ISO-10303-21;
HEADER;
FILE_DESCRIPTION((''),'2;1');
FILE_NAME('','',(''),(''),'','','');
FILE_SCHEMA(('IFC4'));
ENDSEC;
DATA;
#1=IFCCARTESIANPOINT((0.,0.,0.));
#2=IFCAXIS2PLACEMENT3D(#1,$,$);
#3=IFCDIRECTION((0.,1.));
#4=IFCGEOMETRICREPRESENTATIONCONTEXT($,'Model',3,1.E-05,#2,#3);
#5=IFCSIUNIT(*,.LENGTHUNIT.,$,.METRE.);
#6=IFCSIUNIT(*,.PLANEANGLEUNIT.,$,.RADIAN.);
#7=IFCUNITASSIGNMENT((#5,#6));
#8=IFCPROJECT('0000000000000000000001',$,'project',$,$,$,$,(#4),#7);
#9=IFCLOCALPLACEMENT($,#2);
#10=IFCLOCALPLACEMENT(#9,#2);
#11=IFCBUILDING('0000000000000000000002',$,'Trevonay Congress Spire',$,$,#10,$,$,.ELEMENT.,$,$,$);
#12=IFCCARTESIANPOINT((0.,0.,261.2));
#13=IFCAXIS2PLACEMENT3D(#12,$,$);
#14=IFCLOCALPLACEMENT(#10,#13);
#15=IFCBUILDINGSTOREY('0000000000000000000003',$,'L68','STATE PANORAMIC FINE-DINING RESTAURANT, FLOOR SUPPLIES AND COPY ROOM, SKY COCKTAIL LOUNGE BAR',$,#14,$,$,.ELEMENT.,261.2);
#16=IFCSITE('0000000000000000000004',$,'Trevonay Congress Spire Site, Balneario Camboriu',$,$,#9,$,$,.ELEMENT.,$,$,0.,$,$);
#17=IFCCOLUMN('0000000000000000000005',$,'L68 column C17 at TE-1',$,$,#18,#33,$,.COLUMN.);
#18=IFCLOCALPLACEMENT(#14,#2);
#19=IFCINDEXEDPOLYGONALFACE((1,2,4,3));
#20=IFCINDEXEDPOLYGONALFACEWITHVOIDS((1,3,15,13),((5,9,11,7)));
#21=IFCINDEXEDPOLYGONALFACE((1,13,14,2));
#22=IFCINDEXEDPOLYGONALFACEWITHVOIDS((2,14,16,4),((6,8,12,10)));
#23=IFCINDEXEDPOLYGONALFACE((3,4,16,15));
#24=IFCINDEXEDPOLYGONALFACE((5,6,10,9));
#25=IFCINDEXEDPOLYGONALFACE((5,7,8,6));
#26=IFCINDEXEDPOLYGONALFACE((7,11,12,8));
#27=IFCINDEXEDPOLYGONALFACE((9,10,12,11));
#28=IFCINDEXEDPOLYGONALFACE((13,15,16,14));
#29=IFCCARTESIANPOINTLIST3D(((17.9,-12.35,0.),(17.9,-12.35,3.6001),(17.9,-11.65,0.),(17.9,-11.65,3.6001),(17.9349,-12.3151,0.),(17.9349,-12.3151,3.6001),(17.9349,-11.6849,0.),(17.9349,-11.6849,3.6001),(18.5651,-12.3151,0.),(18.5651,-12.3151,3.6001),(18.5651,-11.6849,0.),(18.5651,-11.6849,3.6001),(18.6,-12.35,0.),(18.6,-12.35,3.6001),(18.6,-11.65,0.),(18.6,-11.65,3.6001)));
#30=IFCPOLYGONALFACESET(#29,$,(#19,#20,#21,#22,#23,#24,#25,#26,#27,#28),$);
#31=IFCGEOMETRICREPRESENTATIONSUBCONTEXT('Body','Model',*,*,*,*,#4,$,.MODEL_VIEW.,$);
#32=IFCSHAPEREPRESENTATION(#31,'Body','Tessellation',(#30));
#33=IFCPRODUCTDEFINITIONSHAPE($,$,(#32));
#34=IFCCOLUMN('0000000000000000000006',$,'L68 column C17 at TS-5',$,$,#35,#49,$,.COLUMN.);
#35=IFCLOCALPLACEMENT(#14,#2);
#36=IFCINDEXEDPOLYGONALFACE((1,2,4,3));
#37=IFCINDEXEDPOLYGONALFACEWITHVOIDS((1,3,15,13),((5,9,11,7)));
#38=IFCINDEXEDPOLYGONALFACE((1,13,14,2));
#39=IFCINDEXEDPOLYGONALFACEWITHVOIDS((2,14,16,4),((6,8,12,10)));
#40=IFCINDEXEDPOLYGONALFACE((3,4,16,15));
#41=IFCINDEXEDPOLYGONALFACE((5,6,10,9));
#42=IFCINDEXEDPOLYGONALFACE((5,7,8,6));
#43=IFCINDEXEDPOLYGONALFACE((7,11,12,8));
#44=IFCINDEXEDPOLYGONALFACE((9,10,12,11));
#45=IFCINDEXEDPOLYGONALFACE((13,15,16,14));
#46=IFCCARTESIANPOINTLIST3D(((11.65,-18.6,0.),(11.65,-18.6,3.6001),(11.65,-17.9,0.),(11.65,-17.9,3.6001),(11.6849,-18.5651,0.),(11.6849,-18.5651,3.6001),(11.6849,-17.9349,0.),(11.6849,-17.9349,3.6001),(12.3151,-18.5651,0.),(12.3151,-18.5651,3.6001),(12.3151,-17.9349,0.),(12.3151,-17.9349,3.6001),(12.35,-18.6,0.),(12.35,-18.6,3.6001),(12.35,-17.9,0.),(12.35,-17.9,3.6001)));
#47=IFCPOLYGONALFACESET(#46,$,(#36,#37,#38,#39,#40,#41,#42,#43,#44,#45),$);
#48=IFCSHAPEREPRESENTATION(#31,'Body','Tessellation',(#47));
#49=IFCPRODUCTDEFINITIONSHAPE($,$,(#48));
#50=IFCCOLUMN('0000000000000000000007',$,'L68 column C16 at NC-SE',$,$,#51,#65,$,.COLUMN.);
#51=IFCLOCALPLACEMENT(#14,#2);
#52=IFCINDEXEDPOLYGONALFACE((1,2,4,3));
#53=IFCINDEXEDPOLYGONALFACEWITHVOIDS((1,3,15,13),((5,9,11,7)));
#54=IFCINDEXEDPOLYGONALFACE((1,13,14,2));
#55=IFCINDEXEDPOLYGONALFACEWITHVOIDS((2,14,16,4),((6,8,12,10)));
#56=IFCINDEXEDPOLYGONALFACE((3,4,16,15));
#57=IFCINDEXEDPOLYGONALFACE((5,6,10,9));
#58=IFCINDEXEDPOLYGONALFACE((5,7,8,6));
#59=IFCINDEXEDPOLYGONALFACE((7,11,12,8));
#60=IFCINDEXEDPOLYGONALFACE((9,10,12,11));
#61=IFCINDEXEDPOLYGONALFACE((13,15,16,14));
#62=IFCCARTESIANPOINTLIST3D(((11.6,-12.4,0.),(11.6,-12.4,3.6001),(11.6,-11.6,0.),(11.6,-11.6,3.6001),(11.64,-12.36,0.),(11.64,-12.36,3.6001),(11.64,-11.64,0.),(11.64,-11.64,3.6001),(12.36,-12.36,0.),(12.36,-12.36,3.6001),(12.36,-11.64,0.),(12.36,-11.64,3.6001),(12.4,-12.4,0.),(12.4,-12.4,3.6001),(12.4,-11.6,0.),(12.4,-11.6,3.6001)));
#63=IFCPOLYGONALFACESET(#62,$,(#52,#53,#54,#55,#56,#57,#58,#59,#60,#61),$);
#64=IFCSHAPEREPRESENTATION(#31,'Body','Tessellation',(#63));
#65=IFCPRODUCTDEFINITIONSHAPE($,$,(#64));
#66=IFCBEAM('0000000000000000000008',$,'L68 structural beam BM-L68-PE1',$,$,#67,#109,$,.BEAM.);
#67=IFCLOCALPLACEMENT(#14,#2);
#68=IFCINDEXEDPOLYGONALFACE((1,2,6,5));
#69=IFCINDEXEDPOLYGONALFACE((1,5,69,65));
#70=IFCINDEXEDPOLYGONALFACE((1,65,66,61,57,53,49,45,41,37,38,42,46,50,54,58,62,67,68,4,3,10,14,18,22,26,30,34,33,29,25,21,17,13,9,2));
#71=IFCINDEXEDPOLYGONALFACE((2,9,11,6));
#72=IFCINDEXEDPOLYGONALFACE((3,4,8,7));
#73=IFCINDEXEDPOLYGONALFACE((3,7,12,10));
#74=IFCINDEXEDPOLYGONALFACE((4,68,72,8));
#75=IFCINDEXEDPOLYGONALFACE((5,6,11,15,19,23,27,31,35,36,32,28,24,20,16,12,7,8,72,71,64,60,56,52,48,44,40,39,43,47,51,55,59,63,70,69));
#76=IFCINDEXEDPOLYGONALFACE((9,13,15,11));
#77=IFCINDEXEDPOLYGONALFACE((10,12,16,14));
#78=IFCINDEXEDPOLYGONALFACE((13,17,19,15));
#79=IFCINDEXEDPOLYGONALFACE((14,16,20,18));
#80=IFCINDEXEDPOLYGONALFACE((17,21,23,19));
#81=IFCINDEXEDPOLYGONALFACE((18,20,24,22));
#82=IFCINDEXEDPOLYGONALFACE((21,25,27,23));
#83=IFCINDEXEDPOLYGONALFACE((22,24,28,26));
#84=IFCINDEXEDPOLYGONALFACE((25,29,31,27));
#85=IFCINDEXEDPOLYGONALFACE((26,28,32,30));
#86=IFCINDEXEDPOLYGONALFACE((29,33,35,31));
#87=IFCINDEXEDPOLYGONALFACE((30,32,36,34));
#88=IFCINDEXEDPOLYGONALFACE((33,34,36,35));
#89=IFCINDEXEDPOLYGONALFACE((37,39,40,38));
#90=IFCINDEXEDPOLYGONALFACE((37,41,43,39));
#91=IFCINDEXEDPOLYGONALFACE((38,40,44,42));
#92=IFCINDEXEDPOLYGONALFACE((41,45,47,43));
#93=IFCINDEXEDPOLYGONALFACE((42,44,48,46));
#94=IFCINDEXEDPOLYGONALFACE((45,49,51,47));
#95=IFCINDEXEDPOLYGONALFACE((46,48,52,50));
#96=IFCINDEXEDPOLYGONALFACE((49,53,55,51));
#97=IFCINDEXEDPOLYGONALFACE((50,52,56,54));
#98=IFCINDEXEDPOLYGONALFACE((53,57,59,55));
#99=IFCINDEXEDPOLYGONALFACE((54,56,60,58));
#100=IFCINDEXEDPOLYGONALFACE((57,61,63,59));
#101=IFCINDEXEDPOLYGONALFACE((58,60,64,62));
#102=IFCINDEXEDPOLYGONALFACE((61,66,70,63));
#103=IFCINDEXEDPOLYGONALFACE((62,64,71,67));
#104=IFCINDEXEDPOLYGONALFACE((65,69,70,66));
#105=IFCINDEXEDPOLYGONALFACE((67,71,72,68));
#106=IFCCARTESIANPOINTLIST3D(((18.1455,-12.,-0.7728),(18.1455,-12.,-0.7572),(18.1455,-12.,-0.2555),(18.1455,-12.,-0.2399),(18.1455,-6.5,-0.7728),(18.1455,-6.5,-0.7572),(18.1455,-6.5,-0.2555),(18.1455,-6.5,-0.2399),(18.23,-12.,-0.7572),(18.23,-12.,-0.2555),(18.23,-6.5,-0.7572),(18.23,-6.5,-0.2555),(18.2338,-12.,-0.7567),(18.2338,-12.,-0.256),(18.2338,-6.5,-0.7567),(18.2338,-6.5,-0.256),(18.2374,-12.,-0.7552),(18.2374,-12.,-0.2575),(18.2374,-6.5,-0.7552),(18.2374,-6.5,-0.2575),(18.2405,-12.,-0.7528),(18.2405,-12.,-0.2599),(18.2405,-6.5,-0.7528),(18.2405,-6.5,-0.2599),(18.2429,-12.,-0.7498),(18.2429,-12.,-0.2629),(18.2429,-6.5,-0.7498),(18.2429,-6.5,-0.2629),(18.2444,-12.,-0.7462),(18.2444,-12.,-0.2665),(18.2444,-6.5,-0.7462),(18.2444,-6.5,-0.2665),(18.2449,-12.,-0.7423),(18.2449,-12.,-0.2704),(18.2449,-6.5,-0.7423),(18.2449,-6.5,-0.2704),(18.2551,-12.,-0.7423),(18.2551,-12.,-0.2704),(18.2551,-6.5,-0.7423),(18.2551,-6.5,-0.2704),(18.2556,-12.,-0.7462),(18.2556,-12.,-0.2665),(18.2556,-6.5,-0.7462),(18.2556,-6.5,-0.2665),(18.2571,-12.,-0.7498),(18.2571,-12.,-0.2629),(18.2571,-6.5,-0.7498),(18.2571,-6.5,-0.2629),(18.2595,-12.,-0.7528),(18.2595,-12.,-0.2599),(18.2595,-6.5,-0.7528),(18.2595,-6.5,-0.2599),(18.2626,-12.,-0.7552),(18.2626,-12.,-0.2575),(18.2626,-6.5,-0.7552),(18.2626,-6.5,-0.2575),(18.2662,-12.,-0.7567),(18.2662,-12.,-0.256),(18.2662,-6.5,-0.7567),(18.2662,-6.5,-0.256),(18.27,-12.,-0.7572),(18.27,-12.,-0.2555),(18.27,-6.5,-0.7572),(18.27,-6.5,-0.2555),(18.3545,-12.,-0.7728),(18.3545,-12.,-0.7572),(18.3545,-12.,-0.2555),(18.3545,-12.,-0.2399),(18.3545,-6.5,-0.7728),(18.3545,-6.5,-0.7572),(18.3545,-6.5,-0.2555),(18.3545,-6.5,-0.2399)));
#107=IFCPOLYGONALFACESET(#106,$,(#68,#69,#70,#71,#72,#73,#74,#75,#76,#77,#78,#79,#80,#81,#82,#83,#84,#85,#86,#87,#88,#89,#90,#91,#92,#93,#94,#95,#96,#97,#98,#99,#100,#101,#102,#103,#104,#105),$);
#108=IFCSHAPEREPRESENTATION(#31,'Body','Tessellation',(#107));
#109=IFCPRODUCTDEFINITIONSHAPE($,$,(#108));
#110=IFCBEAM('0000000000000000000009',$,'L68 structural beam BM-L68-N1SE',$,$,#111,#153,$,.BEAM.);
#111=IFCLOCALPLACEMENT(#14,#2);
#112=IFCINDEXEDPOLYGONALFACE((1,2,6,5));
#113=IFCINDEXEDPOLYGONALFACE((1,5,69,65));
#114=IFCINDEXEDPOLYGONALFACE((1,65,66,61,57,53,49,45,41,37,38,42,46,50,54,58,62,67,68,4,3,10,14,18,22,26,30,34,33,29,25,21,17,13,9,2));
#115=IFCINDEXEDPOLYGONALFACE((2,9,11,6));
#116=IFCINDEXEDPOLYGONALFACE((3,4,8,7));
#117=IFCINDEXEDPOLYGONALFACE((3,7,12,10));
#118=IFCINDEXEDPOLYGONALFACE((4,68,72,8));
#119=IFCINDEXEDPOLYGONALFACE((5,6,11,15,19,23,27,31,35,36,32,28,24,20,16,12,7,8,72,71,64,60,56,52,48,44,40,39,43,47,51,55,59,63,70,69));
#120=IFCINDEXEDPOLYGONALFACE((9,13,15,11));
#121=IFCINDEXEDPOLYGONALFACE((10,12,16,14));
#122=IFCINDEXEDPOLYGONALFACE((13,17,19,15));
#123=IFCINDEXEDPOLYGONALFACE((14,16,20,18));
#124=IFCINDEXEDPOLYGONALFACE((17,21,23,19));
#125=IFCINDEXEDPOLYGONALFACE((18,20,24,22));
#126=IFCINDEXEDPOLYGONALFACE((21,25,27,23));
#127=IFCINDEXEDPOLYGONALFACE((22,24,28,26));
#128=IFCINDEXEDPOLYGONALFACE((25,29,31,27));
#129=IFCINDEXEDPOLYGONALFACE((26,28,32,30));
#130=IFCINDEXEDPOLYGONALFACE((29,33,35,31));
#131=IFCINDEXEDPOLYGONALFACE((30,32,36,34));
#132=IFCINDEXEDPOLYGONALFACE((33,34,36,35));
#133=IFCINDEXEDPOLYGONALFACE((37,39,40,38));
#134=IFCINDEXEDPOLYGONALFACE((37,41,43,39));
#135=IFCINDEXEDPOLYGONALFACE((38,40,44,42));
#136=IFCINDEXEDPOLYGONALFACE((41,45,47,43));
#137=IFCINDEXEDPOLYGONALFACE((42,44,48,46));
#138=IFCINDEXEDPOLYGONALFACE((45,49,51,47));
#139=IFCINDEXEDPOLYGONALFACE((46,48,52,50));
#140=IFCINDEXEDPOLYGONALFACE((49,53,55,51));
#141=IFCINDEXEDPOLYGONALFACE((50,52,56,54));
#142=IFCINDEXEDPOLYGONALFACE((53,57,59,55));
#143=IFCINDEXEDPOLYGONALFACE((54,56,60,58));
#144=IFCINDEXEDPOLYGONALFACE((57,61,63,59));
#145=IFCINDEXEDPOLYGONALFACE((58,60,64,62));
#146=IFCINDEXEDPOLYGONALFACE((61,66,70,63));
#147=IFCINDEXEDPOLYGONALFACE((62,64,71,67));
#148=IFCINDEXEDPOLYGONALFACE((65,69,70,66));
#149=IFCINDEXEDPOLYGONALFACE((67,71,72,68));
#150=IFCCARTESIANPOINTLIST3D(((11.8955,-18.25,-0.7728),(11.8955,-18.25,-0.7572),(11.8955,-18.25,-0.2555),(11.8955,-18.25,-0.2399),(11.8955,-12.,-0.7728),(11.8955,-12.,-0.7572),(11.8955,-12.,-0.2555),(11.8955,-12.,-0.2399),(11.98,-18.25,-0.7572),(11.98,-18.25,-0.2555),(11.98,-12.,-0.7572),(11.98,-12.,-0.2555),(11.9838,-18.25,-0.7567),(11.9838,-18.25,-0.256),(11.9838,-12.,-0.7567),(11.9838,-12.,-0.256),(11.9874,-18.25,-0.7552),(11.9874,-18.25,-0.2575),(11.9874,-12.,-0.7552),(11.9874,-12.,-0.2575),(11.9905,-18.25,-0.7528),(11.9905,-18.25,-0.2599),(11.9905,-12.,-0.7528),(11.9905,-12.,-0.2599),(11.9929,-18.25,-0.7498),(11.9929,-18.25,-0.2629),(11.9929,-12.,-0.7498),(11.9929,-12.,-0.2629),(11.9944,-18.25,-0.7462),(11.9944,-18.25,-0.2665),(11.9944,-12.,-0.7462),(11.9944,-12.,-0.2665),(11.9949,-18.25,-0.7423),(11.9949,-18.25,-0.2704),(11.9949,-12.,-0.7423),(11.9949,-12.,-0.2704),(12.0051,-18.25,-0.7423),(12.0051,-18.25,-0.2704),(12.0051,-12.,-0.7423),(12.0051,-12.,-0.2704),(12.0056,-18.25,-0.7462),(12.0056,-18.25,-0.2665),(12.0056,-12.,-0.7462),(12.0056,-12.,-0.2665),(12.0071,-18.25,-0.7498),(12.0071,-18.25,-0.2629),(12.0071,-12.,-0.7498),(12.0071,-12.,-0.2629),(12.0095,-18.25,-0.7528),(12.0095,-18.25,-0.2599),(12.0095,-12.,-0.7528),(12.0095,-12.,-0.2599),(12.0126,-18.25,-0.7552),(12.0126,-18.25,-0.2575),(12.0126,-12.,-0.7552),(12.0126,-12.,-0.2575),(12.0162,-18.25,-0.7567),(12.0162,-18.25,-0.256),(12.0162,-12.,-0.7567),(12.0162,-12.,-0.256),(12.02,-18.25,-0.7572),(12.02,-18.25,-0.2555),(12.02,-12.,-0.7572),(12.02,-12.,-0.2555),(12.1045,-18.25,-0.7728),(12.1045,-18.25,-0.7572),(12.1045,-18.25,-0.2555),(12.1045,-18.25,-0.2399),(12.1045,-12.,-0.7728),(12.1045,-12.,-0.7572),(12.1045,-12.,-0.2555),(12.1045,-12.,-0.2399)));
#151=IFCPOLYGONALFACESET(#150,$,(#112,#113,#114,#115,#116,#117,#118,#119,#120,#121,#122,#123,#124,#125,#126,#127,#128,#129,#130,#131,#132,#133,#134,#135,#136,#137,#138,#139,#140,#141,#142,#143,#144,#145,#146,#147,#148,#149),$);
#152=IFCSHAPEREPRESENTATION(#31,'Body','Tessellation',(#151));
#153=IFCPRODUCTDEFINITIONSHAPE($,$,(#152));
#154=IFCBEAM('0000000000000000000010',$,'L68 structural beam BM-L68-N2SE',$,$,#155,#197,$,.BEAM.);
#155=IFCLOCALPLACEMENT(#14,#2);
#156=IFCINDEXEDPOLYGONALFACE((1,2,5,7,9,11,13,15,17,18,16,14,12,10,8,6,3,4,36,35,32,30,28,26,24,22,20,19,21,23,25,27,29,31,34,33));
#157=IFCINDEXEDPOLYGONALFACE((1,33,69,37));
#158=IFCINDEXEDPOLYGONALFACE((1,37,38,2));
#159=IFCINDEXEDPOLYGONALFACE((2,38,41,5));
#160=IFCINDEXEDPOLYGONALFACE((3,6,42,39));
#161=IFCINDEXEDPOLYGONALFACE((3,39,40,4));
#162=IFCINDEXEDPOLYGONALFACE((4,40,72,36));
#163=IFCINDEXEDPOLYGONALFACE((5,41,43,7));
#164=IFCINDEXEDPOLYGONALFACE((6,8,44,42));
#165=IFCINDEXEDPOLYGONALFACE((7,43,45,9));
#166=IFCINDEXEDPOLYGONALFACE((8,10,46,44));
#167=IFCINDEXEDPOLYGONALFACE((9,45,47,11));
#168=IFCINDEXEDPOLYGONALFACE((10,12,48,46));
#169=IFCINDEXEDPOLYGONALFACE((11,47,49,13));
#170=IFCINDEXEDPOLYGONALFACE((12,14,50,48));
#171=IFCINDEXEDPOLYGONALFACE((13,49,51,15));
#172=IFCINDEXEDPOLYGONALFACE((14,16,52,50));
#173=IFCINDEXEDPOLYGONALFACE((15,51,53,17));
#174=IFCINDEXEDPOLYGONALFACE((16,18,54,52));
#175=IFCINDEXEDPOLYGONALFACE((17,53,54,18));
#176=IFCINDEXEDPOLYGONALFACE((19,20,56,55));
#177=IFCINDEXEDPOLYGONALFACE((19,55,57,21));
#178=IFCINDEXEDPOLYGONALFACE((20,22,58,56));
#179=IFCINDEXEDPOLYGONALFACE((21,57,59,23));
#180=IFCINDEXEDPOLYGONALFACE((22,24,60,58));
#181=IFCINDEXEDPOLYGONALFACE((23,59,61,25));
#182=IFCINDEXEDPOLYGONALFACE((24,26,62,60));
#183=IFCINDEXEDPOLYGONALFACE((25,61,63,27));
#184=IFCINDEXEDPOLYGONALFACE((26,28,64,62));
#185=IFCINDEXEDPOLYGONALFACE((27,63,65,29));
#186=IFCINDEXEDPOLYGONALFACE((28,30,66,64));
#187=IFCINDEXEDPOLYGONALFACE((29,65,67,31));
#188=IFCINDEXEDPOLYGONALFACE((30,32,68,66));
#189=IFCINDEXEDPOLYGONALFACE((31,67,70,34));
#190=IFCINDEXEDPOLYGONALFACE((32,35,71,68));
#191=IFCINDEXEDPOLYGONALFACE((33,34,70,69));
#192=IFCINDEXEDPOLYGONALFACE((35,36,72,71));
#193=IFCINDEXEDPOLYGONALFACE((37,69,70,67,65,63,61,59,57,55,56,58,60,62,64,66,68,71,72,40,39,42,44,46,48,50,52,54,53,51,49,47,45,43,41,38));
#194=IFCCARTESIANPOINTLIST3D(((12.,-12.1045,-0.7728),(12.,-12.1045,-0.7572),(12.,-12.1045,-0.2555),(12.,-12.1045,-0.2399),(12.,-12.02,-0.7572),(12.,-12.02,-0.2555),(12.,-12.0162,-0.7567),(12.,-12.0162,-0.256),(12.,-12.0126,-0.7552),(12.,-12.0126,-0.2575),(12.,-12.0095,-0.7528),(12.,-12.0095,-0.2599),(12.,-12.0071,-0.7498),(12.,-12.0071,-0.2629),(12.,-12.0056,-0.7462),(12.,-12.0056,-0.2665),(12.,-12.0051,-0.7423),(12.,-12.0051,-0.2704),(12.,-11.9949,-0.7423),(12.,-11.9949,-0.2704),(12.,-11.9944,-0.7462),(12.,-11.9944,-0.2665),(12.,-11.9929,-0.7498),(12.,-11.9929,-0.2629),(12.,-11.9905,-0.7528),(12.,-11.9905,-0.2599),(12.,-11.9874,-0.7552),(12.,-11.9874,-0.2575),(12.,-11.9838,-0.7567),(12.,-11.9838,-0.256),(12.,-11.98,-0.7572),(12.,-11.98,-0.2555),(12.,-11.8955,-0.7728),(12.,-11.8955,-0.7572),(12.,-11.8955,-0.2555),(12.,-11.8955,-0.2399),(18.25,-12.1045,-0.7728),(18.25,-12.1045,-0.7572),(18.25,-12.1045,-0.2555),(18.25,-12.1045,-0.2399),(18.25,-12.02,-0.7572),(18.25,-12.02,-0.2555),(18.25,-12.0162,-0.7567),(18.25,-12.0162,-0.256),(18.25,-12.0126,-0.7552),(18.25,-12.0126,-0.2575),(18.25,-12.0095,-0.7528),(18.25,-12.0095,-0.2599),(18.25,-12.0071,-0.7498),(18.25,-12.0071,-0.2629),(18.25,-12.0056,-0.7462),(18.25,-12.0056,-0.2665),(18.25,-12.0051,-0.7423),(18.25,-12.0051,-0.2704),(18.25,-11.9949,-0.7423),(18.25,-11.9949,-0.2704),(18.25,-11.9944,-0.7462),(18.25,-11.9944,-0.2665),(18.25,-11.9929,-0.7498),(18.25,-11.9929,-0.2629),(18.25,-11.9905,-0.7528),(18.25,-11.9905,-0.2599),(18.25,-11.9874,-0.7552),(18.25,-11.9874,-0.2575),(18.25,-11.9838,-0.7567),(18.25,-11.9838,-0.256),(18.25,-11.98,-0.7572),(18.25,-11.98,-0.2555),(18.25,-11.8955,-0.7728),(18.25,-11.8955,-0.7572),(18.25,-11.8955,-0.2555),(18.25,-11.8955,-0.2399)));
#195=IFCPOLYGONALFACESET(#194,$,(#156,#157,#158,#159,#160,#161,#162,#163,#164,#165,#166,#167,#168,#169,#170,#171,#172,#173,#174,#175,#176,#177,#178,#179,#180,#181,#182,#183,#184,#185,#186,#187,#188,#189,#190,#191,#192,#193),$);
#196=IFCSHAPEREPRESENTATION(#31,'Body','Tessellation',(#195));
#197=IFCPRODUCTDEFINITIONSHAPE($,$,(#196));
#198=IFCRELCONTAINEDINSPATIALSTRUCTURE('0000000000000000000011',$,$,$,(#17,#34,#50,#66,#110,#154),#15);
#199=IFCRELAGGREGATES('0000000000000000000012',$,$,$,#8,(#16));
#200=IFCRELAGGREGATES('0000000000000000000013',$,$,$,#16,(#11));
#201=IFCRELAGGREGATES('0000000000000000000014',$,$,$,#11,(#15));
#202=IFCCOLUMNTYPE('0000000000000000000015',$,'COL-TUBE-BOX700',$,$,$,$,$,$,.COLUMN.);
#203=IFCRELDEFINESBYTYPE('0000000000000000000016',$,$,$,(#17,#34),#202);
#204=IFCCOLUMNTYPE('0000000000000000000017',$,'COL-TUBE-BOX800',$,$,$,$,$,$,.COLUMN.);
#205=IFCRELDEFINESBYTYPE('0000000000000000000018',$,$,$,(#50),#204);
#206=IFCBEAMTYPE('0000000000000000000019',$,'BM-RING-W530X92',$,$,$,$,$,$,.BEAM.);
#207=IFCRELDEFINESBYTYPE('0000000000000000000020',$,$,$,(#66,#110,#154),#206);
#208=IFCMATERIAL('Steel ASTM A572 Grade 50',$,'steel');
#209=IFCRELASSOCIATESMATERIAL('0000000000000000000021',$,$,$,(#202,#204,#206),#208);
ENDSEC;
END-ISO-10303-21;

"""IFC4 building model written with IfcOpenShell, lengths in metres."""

from ifc_helpers import new_model, si_unit, direction, frame, origin, origin_2d, place, context, subcontext, project, spatial, hollow_rectangle, i_section, extrude, material, material_profile, profile_set, type_object, element, save


model = new_model("IFC4")

# Units and contexts
model_context = context("Model", 3, precision=1e-05, world=origin(), true_north=direction((0.0, 1.0)))
body_context = subcontext(model_context, "Body", "Model", "MODEL_VIEW")
ifc_project = project(units=[si_unit("LENGTHUNIT", "METRE"), si_unit("PLANEANGLEUNIT", "RADIAN")], contexts=[model_context])

# Site, building, storey
site_placement = place(None, origin())
site = spatial("IfcSite", under=ifc_project, at=site_placement, Name="Trevonay Congress Spire Site, Balneario Camboriu", CompositionType="ELEMENT", RefElevation=0.0)
building_placement = place(site_placement, origin())
building = spatial("IfcBuilding", under=site, at=building_placement, Name="Trevonay Congress Spire", CompositionType="ELEMENT")
storey_placement = place(building_placement, frame((0.0, 0.0, 261.2)))
storey = spatial("IfcBuildingStorey", under=building, at=storey_placement, Name="L68", Description="STATE PANORAMIC FINE-DINING RESTAURANT, FLOOR SUPPLIES AND COPY ROOM, SKY COCKTAIL LOUNGE BAR", CompositionType="ELEMENT", Elevation=261.2)

# Columns
ifc_material_1 = material(Name="Steel ASTM A572 Grade 50", Category="steel")
ifc_material_profile_1 = material_profile(ifc_material_1, hollow_rectangle(XDim=0.7, YDim=0.7, WallThickness=0.0349, at=origin_2d()), Name="BOX 700x700x35")
ifc_profile_set_1 = profile_set([ifc_material_profile_1], Name="Steel ASTM A572 Grade 50")
column_type_1 = type_object("IfcColumnType", Name="COL-TUBE-BOX700", PredefinedType="COLUMN", material=ifc_profile_set_1)
for number, where, z_axis, x_axis, name in (
    (1, (18.25, -12.0, 0.0), (0.0, 0.0, 1.0), (1.0, 0.0, 0.0), "L68 column C17 at TE-1"),
    (2, (12.0, -18.25, 0.0), (0.0, 0.0, 1.0), (1.0, 0.0, 0.0), "L68 column C17 at TS-5"),
):
    element("IfcColumn", number, at=place(storey_placement, frame(where, z_axis=z_axis, x_axis=x_axis)), inside=storey, type_object=column_type_1, Name=name, PredefinedType="COLUMN", context=body_context, shape_type="SweptSolid", body=[
        extrude(hollow_rectangle(XDim=0.7, YDim=0.7, WallThickness=0.0349, at=origin_2d()), origin(), (0.0, 0.0, 1.0), 3.6001),
    ])
ifc_material_profile_2 = material_profile(ifc_material_1, hollow_rectangle(XDim=0.8, YDim=0.8, WallThickness=0.04, at=origin_2d()), Name="BOX 800x800x40")
ifc_profile_set_2 = profile_set([ifc_material_profile_2], Name="Steel ASTM A572 Grade 50")
column_type_2 = type_object("IfcColumnType", Name="COL-TUBE-BOX800", PredefinedType="COLUMN", material=ifc_profile_set_2)
column_placement = place(storey_placement, frame((12.0, -12.0, 0.0), z_axis=(0.0, 0.0, 1.0), x_axis=(1.0, 0.0, 0.0)))
element("IfcColumn", 3, at=column_placement, inside=storey, type_object=column_type_2, Name="L68 column C16 at NC-SE", PredefinedType="COLUMN", context=body_context, shape_type="SweptSolid", body=[
    extrude(hollow_rectangle(XDim=0.8, YDim=0.8, WallThickness=0.04, at=origin_2d()), origin(), (0.0, 0.0, 1.0), 3.6001),
])

# Beams
ifc_material_profile_3 = material_profile(ifc_material_1, i_section(OverallWidth=0.209, OverallDepth=0.533, WebThickness=0.0103, FlangeThickness=0.0156, FilletRadius=0.0149, at=origin_2d()), Name="W530x92")
ifc_profile_set_3 = profile_set([ifc_material_profile_3], Name="Steel ASTM A572 Grade 50")
beam_type_1 = type_object("IfcBeamType", Name="BM-RING-W530X92", PredefinedType="BEAM", material=ifc_profile_set_3)
beam_1_placement = place(storey_placement, frame((18.25, -12.0, -0.5063), z_axis=(0.0, 1.0, 0.0), x_axis=(-1.0, 0.0, 0.0)))
element("IfcBeam", 4, at=beam_1_placement, inside=storey, type_object=beam_type_1, Name="L68 structural beam BM-L68-PE1", PredefinedType="BEAM", context=body_context, shape_type="SweptSolid", body=[
    extrude(i_section(OverallWidth=0.209, OverallDepth=0.533, WebThickness=0.0103, FlangeThickness=0.0156, FilletRadius=0.0149, at=origin_2d()), origin(), (0.0, 0.0, 1.0), 5.5),
])
for number, where, z_axis, x_axis, name in (
    (5, (12.0, -18.25, -0.5063), (0.0, 1.0, 0.0), (-1.0, 0.0, 0.0), "L68 structural beam BM-L68-N1SE"),
    (6, (18.25, -12.0, -0.5063), (-1.0, 0.0, 0.0), (0.0, -1.0, 0.0), "L68 structural beam BM-L68-N2SE"),
):
    element("IfcBeam", number, at=place(storey_placement, frame(where, z_axis=z_axis, x_axis=x_axis)), inside=storey, type_object=beam_type_1, Name=name, PredefinedType="BEAM", context=body_context, shape_type="SweptSolid", body=[
        extrude(i_section(OverallWidth=0.209, OverallDepth=0.533, WebThickness=0.0103, FlangeThickness=0.0156, FilletRadius=0.0149, at=origin_2d()), origin(), (0.0, 0.0, 1.0), 6.25),
    ])

save(model, "model.ifc")
